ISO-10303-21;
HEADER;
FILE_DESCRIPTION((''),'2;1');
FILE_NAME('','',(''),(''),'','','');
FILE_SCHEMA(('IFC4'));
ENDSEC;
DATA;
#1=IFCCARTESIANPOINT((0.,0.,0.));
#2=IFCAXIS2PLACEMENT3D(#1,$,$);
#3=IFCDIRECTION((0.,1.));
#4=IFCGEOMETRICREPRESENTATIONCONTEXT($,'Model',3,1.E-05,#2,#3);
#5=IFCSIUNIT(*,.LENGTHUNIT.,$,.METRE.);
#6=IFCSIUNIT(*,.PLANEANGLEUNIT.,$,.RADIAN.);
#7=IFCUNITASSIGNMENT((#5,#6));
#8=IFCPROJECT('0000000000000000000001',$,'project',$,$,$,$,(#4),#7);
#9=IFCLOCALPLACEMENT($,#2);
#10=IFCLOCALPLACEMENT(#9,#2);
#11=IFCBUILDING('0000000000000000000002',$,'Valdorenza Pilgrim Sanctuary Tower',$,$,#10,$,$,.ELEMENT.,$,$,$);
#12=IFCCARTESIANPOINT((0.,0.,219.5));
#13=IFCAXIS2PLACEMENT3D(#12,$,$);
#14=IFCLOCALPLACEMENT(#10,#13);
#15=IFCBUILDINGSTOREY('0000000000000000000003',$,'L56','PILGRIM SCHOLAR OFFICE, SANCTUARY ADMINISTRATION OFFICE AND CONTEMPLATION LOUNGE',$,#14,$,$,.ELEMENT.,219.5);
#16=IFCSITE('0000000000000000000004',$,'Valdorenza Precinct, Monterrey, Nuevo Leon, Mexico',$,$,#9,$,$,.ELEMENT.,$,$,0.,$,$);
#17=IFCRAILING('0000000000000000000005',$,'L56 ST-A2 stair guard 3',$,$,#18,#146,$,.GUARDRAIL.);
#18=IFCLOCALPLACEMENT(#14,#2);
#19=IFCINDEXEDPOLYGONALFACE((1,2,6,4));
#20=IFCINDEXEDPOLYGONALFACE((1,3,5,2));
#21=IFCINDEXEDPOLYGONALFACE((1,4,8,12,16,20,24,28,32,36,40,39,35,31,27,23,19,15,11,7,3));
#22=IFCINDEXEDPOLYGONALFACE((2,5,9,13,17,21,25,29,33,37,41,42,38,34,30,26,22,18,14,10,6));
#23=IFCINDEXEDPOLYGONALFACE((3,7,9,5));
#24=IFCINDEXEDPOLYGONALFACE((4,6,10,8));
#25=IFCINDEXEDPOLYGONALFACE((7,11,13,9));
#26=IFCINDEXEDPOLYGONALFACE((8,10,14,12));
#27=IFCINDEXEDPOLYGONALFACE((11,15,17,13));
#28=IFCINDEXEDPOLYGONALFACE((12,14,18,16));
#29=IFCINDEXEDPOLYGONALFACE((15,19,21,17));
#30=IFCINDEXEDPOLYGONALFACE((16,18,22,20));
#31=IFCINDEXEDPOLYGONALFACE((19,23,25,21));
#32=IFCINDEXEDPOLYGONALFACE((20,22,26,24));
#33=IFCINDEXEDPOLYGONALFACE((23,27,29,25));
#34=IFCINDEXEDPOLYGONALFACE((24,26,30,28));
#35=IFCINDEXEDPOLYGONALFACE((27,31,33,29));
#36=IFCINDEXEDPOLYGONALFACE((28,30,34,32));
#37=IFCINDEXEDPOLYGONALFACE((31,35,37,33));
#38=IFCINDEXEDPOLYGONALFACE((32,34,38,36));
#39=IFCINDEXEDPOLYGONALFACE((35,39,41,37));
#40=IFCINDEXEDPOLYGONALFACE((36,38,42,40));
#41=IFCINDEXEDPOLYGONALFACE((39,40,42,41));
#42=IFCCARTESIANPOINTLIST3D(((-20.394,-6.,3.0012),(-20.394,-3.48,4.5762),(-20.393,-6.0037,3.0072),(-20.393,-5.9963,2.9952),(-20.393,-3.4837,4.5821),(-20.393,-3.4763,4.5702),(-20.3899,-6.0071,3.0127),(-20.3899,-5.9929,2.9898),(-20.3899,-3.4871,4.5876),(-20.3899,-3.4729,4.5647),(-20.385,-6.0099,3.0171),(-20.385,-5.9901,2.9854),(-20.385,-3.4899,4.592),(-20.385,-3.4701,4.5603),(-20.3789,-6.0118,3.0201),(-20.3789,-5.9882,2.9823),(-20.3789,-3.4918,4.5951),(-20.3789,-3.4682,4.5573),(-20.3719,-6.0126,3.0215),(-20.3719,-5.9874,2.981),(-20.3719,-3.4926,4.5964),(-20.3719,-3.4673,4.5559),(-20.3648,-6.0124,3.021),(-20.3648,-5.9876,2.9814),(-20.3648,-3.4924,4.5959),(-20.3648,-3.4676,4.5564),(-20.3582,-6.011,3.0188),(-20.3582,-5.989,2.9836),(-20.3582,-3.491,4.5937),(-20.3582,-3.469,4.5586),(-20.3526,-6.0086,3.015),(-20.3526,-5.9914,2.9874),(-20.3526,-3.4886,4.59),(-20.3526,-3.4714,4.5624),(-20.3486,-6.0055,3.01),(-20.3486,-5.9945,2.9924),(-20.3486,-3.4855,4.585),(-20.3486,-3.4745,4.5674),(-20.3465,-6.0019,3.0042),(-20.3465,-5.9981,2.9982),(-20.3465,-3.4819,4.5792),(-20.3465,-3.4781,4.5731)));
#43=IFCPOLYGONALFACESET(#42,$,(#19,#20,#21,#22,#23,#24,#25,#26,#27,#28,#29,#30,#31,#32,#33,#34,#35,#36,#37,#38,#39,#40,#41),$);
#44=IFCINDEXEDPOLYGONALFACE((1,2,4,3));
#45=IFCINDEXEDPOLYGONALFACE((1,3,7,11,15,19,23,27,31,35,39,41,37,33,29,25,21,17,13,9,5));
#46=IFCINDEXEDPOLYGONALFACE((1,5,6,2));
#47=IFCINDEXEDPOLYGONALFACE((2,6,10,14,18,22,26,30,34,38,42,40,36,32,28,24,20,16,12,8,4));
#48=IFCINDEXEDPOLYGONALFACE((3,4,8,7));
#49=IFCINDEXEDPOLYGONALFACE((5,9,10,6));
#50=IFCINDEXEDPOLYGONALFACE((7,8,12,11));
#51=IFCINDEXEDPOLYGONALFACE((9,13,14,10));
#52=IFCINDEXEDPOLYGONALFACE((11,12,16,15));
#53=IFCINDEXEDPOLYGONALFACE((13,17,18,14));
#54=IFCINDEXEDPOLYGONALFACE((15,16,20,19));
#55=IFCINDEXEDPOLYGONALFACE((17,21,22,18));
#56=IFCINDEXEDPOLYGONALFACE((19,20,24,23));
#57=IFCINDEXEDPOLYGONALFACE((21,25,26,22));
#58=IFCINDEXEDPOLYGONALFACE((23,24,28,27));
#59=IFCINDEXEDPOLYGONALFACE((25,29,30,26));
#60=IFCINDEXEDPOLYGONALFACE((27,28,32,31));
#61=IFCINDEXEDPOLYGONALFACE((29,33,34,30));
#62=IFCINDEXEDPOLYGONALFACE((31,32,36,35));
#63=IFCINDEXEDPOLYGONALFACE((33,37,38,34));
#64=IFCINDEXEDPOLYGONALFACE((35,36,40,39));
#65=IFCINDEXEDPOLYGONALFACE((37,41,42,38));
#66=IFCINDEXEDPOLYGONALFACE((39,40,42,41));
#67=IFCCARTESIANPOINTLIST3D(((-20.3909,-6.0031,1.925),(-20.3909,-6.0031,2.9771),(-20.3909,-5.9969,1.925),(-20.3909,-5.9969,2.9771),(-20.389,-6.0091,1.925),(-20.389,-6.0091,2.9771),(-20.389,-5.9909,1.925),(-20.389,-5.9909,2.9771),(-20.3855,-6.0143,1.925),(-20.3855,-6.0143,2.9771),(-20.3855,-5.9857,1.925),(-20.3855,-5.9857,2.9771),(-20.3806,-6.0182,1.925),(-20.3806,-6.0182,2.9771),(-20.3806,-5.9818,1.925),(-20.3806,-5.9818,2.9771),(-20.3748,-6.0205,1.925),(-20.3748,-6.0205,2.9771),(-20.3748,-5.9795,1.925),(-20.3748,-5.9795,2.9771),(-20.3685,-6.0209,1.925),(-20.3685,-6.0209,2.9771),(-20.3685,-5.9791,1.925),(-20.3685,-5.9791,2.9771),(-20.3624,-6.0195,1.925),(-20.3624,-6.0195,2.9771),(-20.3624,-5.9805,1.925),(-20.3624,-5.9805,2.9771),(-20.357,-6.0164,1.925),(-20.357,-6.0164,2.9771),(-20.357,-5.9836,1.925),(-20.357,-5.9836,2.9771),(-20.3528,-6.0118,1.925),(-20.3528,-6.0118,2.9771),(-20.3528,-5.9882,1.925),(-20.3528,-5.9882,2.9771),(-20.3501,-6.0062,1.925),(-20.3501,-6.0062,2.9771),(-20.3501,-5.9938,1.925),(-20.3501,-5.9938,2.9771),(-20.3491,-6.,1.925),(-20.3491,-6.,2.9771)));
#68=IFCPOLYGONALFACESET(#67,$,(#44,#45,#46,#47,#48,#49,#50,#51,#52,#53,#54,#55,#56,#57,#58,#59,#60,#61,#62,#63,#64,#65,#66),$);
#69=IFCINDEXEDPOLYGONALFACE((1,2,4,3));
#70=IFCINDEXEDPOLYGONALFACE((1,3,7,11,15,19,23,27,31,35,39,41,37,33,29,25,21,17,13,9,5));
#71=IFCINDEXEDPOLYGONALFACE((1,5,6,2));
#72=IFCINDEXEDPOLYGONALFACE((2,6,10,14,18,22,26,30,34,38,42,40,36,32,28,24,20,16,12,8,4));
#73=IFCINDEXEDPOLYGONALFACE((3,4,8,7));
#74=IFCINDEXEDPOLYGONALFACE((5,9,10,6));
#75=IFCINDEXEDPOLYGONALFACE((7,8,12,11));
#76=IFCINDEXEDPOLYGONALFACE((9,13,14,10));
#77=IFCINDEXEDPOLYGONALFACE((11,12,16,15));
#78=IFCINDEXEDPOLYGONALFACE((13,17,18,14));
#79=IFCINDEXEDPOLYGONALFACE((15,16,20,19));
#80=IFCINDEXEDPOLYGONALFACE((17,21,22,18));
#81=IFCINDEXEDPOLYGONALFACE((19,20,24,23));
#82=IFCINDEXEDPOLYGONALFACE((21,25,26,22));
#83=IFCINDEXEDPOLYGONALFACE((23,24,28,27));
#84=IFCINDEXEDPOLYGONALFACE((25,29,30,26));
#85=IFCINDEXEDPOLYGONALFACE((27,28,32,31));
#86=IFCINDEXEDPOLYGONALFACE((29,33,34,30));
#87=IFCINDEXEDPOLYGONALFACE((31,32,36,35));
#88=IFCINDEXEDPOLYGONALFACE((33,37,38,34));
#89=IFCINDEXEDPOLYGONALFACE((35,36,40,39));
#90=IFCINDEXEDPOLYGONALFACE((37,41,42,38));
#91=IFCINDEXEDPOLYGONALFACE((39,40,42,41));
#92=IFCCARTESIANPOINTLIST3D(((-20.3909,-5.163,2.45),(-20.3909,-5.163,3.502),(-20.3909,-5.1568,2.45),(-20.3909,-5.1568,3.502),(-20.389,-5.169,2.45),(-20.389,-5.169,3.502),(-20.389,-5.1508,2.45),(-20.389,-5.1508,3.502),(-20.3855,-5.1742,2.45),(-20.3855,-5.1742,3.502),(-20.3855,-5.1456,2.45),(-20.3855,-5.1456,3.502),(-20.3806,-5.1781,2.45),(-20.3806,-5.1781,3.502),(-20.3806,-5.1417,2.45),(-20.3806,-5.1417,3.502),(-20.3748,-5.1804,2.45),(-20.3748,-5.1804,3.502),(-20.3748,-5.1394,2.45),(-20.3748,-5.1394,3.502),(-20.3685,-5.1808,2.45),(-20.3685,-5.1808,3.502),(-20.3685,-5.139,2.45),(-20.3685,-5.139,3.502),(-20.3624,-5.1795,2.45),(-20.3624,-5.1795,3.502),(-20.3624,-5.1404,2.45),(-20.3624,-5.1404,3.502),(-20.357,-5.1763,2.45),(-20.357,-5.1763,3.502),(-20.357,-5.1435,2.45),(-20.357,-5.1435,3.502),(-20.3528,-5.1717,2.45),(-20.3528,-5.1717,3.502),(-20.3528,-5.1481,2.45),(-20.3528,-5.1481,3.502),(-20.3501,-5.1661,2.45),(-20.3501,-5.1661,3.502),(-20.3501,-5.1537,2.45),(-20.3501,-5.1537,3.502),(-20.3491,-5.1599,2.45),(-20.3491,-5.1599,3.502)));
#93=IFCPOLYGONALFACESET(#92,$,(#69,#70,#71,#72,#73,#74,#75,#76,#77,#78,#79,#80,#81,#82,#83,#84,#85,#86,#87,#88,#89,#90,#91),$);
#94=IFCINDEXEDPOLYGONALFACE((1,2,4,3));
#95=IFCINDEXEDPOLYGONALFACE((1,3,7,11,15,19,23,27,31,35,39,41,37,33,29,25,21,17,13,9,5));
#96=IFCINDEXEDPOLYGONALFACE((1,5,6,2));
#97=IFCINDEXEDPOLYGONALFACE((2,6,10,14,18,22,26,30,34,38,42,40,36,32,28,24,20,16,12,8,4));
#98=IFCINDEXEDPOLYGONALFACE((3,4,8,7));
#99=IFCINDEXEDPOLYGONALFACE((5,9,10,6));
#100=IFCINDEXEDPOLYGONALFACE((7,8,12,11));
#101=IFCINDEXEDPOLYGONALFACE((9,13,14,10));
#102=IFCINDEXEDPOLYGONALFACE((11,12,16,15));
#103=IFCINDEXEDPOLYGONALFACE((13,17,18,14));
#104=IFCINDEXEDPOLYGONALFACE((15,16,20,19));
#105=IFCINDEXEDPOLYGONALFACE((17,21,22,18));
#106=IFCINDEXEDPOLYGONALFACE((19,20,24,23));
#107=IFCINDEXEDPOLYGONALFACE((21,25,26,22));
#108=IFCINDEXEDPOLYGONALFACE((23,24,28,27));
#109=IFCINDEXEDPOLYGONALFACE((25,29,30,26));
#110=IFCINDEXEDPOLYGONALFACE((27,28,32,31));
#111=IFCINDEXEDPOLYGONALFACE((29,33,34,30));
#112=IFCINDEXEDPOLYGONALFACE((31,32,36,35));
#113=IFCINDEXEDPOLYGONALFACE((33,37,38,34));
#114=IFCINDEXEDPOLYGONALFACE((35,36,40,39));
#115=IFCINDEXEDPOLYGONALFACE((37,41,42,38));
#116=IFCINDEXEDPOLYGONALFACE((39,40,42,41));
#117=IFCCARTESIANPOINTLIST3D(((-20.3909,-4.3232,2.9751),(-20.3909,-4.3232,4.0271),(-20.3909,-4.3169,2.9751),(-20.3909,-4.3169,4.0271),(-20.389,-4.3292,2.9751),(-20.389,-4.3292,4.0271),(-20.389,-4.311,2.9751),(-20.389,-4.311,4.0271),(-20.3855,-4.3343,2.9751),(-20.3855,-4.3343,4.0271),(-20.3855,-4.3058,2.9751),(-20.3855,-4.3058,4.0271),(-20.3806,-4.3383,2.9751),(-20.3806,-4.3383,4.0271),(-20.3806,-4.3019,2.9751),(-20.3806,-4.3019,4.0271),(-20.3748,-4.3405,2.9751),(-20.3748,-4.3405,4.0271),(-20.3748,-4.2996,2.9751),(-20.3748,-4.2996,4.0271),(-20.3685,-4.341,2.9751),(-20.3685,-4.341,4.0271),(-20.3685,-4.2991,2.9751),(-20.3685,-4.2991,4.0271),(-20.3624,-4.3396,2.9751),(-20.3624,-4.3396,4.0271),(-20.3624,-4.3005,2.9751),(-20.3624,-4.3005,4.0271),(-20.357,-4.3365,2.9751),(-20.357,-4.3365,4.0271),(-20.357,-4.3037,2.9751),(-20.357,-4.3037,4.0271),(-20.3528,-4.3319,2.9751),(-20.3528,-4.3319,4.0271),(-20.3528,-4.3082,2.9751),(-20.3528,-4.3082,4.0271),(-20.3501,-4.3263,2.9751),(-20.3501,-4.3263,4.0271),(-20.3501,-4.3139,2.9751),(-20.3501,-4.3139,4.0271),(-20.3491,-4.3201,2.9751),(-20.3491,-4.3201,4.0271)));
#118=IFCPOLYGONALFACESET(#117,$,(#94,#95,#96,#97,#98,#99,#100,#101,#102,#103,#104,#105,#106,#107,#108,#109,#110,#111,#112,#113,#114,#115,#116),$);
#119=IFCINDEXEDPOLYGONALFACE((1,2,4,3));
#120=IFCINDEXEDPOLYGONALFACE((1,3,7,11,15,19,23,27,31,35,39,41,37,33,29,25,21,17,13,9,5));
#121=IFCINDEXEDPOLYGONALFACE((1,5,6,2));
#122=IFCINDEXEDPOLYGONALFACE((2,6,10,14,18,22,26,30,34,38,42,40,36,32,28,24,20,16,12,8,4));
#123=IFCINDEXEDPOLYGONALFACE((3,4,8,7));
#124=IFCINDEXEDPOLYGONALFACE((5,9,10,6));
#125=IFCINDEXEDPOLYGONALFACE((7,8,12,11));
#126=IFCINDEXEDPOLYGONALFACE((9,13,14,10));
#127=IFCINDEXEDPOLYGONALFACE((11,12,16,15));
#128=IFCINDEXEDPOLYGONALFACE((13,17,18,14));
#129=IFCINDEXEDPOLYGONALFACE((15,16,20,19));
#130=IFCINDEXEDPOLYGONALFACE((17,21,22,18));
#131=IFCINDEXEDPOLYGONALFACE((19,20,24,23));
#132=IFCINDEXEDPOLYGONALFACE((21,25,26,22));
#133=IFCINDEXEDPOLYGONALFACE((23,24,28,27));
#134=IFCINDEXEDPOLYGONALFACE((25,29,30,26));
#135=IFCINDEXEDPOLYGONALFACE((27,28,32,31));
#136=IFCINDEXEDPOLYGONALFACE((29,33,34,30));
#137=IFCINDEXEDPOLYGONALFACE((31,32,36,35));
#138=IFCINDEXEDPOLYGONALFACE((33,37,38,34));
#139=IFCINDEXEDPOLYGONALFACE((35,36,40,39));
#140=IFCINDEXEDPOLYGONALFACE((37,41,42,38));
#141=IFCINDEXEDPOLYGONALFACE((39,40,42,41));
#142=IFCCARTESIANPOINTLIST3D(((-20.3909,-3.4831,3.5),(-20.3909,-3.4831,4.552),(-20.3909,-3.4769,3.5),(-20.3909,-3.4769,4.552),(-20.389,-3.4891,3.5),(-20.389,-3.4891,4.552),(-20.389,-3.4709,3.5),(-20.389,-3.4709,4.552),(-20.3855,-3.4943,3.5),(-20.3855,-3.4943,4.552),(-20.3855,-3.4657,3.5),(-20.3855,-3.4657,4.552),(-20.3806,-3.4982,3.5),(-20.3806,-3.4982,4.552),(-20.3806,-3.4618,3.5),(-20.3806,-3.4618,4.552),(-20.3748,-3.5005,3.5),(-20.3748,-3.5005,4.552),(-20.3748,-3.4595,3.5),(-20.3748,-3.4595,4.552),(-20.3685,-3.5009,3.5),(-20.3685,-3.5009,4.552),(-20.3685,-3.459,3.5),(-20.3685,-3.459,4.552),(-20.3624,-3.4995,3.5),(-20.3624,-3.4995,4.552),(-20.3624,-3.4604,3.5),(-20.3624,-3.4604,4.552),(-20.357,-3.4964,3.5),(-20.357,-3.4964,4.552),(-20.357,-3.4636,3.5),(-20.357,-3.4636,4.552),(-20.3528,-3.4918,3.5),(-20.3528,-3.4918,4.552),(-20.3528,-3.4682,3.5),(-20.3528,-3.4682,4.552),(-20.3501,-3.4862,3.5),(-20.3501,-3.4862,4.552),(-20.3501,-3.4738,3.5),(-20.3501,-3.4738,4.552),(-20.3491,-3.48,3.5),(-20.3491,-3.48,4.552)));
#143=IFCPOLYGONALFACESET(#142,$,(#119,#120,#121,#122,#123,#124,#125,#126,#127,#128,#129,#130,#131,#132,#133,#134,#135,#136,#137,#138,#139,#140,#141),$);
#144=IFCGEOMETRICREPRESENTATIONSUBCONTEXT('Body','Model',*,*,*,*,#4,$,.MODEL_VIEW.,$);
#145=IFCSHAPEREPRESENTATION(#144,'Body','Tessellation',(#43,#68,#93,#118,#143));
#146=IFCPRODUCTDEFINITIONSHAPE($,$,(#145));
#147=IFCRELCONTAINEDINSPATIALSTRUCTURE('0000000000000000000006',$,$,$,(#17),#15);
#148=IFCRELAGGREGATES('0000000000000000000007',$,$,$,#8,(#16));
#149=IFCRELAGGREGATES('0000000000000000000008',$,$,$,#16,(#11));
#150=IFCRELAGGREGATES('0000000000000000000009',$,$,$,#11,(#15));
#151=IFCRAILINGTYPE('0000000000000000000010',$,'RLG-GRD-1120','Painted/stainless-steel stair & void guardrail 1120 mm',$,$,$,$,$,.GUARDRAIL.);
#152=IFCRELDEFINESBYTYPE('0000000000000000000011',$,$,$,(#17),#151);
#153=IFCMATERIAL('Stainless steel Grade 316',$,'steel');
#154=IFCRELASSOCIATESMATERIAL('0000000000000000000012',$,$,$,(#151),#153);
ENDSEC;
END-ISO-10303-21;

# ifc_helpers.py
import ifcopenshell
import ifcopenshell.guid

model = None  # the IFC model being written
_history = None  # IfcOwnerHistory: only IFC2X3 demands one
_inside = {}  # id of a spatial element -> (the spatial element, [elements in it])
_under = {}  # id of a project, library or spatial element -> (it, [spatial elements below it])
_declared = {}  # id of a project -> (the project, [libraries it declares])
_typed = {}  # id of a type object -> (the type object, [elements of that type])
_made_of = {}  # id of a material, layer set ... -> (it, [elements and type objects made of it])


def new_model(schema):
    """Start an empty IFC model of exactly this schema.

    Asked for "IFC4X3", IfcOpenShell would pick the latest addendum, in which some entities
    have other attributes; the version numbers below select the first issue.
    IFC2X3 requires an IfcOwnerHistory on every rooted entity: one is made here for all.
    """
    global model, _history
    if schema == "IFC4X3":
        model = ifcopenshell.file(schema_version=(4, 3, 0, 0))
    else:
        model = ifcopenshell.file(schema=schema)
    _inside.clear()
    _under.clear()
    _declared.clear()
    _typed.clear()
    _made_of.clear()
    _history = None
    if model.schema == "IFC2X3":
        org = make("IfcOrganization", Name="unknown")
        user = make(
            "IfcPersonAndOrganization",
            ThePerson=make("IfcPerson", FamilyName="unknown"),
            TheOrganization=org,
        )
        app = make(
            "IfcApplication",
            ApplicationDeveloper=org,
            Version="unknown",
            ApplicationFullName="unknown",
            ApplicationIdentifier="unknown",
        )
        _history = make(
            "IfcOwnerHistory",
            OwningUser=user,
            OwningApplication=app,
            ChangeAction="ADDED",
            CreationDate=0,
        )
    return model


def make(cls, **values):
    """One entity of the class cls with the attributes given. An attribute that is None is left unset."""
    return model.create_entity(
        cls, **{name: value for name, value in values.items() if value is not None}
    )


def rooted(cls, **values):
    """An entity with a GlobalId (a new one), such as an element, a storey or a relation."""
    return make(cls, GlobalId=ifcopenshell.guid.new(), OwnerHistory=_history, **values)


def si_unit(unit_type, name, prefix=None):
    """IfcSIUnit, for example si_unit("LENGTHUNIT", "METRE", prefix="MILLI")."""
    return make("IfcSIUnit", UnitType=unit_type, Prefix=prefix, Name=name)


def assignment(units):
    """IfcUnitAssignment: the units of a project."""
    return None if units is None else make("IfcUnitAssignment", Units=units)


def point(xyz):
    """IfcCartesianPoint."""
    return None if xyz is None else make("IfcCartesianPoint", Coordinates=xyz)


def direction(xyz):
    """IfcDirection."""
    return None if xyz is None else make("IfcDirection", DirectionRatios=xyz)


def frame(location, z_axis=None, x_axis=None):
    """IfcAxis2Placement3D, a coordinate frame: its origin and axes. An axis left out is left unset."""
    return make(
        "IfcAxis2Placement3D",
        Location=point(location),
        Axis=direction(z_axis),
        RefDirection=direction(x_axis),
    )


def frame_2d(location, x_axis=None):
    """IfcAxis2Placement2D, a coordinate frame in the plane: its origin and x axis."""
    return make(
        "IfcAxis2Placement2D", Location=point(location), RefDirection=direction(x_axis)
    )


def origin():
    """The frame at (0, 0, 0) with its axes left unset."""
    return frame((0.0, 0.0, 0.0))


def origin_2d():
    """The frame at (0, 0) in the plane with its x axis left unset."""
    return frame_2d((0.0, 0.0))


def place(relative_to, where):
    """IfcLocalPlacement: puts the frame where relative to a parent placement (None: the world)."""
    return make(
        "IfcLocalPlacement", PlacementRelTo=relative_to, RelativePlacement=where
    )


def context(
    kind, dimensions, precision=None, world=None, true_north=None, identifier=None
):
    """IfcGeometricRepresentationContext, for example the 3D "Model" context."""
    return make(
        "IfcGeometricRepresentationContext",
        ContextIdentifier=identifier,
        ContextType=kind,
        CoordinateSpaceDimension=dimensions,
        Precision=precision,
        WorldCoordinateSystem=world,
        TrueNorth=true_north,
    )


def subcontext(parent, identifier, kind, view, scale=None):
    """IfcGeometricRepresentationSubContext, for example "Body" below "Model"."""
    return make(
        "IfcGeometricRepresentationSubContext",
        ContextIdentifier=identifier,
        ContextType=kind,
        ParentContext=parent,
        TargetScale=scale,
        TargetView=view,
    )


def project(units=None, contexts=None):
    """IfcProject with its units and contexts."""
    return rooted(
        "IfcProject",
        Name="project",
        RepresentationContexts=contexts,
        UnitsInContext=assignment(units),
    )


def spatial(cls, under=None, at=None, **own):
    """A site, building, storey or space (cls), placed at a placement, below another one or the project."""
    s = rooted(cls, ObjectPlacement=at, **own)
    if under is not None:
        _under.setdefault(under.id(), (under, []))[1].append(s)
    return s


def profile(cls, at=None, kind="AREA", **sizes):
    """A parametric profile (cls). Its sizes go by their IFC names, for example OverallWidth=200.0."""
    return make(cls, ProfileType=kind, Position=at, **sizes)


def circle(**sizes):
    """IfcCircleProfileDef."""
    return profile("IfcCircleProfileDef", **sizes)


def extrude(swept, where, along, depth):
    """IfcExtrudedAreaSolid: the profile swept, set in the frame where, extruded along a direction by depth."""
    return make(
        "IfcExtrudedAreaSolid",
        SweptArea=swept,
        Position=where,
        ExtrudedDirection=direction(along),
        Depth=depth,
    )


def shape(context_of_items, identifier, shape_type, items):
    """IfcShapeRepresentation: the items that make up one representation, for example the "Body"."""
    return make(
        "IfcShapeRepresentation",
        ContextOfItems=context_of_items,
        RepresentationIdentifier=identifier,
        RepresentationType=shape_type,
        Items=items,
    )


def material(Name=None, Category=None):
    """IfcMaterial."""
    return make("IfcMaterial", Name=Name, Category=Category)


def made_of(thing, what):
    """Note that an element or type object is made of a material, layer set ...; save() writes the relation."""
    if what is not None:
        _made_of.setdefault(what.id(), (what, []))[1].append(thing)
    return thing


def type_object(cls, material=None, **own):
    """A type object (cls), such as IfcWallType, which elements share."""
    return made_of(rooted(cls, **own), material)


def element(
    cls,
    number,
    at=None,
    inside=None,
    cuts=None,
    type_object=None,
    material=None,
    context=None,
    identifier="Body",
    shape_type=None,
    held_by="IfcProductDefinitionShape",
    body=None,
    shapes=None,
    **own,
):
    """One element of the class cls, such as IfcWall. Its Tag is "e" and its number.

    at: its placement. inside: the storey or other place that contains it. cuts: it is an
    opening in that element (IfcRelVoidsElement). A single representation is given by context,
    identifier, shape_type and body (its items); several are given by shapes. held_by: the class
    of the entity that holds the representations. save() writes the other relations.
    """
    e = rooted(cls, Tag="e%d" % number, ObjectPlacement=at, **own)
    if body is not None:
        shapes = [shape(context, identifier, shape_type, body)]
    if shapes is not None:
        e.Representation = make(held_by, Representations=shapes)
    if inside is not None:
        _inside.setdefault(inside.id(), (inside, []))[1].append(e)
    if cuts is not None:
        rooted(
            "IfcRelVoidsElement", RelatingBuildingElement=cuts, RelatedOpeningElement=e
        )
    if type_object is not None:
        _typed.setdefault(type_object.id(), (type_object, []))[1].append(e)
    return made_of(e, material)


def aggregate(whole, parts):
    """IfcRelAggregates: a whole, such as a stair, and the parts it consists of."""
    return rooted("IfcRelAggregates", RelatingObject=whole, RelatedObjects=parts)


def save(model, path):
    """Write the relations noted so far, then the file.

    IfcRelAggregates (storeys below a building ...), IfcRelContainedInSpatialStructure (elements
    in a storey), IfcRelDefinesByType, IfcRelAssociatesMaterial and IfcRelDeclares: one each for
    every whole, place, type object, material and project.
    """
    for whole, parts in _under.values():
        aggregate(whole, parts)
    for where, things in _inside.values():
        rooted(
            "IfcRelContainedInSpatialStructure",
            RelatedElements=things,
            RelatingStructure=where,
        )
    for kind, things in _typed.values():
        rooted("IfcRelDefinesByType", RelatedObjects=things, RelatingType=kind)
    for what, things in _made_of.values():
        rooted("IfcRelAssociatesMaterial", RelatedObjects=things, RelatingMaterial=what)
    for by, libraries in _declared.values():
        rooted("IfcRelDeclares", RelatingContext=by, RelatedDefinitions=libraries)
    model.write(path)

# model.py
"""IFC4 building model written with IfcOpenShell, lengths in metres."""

from ifc_helpers import new_model, si_unit, direction, frame, origin, origin_2d, place, context, subcontext, project, spatial, circle, extrude, material, type_object, element, save


model = new_model("IFC4")

# Units and contexts
model_context = context("Model", 3, precision=1e-05, world=origin(), true_north=direction((0.0, 1.0)))
body_context = subcontext(model_context, "Body", "Model", "MODEL_VIEW")
ifc_project = project(units=[si_unit("LENGTHUNIT", "METRE"), si_unit("PLANEANGLEUNIT", "RADIAN")], contexts=[model_context])

# Site, building, storey
site_placement = place(None, origin())
site = spatial("IfcSite", under=ifc_project, at=site_placement, Name="Valdorenza Precinct, Monterrey, Nuevo Leon, Mexico", CompositionType="ELEMENT", RefElevation=0.0)
building_placement = place(site_placement, origin())
building = spatial("IfcBuilding", under=site, at=building_placement, Name="Valdorenza Pilgrim Sanctuary Tower", CompositionType="ELEMENT")
storey_placement = place(building_placement, frame((0.0, 0.0, 219.5)))
storey = spatial("IfcBuildingStorey", under=building, at=storey_placement, Name="L56", Description="PILGRIM SCHOLAR OFFICE, SANCTUARY ADMINISTRATION OFFICE AND CONTEMPLATION LOUNGE", CompositionType="ELEMENT", Elevation=219.5)

# Railing
ifc_material_1 = material(Name="Stainless steel Grade 316", Category="steel")
railing_type_1 = type_object("IfcRailingType", Name="RLG-GRD-1120", Description="Painted/stainless-steel stair & void guardrail 1120 mm", PredefinedType="GUARDRAIL", material=ifc_material_1)
railing_1_placement = place(storey_placement, frame((-20.3701, -6.0, 1.925)))
element("IfcRailing", 1, at=railing_1_placement, inside=storey, type_object=railing_type_1, Name="L56 ST-A2 stair guard 3", PredefinedType="GUARDRAIL", context=body_context, shape_type="SweptSolid", body=[
    extrude(circle(Radius=0.0239, at=origin_2d()), frame((0.0, 0.0, 1.0762), z_axis=(0.0, 0.848008, 0.529984), x_axis=(-1.0, 0.0, 0.0)), (0.0, 0.0, 1.0), 2.9717),
    extrude(circle(Radius=0.021, at=origin_2d()), origin(), (0.0, 0.0, 1.0), 1.052),
    extrude(circle(Radius=0.021, at=origin_2d()), frame((0.0, 0.8401, 0.5249)), (0.0, 0.0, 1.0), 1.052),
    extrude(circle(Radius=0.021, at=origin_2d()), frame((0.0, 1.6799, 1.05)), (0.0, 0.0, 1.0), 1.052),
    extrude(circle(Radius=0.021, at=origin_2d()), frame((0.0, 2.52, 1.575)), (0.0, 0.0, 1.0), 1.052),
])

save(model, "model.ifc")
